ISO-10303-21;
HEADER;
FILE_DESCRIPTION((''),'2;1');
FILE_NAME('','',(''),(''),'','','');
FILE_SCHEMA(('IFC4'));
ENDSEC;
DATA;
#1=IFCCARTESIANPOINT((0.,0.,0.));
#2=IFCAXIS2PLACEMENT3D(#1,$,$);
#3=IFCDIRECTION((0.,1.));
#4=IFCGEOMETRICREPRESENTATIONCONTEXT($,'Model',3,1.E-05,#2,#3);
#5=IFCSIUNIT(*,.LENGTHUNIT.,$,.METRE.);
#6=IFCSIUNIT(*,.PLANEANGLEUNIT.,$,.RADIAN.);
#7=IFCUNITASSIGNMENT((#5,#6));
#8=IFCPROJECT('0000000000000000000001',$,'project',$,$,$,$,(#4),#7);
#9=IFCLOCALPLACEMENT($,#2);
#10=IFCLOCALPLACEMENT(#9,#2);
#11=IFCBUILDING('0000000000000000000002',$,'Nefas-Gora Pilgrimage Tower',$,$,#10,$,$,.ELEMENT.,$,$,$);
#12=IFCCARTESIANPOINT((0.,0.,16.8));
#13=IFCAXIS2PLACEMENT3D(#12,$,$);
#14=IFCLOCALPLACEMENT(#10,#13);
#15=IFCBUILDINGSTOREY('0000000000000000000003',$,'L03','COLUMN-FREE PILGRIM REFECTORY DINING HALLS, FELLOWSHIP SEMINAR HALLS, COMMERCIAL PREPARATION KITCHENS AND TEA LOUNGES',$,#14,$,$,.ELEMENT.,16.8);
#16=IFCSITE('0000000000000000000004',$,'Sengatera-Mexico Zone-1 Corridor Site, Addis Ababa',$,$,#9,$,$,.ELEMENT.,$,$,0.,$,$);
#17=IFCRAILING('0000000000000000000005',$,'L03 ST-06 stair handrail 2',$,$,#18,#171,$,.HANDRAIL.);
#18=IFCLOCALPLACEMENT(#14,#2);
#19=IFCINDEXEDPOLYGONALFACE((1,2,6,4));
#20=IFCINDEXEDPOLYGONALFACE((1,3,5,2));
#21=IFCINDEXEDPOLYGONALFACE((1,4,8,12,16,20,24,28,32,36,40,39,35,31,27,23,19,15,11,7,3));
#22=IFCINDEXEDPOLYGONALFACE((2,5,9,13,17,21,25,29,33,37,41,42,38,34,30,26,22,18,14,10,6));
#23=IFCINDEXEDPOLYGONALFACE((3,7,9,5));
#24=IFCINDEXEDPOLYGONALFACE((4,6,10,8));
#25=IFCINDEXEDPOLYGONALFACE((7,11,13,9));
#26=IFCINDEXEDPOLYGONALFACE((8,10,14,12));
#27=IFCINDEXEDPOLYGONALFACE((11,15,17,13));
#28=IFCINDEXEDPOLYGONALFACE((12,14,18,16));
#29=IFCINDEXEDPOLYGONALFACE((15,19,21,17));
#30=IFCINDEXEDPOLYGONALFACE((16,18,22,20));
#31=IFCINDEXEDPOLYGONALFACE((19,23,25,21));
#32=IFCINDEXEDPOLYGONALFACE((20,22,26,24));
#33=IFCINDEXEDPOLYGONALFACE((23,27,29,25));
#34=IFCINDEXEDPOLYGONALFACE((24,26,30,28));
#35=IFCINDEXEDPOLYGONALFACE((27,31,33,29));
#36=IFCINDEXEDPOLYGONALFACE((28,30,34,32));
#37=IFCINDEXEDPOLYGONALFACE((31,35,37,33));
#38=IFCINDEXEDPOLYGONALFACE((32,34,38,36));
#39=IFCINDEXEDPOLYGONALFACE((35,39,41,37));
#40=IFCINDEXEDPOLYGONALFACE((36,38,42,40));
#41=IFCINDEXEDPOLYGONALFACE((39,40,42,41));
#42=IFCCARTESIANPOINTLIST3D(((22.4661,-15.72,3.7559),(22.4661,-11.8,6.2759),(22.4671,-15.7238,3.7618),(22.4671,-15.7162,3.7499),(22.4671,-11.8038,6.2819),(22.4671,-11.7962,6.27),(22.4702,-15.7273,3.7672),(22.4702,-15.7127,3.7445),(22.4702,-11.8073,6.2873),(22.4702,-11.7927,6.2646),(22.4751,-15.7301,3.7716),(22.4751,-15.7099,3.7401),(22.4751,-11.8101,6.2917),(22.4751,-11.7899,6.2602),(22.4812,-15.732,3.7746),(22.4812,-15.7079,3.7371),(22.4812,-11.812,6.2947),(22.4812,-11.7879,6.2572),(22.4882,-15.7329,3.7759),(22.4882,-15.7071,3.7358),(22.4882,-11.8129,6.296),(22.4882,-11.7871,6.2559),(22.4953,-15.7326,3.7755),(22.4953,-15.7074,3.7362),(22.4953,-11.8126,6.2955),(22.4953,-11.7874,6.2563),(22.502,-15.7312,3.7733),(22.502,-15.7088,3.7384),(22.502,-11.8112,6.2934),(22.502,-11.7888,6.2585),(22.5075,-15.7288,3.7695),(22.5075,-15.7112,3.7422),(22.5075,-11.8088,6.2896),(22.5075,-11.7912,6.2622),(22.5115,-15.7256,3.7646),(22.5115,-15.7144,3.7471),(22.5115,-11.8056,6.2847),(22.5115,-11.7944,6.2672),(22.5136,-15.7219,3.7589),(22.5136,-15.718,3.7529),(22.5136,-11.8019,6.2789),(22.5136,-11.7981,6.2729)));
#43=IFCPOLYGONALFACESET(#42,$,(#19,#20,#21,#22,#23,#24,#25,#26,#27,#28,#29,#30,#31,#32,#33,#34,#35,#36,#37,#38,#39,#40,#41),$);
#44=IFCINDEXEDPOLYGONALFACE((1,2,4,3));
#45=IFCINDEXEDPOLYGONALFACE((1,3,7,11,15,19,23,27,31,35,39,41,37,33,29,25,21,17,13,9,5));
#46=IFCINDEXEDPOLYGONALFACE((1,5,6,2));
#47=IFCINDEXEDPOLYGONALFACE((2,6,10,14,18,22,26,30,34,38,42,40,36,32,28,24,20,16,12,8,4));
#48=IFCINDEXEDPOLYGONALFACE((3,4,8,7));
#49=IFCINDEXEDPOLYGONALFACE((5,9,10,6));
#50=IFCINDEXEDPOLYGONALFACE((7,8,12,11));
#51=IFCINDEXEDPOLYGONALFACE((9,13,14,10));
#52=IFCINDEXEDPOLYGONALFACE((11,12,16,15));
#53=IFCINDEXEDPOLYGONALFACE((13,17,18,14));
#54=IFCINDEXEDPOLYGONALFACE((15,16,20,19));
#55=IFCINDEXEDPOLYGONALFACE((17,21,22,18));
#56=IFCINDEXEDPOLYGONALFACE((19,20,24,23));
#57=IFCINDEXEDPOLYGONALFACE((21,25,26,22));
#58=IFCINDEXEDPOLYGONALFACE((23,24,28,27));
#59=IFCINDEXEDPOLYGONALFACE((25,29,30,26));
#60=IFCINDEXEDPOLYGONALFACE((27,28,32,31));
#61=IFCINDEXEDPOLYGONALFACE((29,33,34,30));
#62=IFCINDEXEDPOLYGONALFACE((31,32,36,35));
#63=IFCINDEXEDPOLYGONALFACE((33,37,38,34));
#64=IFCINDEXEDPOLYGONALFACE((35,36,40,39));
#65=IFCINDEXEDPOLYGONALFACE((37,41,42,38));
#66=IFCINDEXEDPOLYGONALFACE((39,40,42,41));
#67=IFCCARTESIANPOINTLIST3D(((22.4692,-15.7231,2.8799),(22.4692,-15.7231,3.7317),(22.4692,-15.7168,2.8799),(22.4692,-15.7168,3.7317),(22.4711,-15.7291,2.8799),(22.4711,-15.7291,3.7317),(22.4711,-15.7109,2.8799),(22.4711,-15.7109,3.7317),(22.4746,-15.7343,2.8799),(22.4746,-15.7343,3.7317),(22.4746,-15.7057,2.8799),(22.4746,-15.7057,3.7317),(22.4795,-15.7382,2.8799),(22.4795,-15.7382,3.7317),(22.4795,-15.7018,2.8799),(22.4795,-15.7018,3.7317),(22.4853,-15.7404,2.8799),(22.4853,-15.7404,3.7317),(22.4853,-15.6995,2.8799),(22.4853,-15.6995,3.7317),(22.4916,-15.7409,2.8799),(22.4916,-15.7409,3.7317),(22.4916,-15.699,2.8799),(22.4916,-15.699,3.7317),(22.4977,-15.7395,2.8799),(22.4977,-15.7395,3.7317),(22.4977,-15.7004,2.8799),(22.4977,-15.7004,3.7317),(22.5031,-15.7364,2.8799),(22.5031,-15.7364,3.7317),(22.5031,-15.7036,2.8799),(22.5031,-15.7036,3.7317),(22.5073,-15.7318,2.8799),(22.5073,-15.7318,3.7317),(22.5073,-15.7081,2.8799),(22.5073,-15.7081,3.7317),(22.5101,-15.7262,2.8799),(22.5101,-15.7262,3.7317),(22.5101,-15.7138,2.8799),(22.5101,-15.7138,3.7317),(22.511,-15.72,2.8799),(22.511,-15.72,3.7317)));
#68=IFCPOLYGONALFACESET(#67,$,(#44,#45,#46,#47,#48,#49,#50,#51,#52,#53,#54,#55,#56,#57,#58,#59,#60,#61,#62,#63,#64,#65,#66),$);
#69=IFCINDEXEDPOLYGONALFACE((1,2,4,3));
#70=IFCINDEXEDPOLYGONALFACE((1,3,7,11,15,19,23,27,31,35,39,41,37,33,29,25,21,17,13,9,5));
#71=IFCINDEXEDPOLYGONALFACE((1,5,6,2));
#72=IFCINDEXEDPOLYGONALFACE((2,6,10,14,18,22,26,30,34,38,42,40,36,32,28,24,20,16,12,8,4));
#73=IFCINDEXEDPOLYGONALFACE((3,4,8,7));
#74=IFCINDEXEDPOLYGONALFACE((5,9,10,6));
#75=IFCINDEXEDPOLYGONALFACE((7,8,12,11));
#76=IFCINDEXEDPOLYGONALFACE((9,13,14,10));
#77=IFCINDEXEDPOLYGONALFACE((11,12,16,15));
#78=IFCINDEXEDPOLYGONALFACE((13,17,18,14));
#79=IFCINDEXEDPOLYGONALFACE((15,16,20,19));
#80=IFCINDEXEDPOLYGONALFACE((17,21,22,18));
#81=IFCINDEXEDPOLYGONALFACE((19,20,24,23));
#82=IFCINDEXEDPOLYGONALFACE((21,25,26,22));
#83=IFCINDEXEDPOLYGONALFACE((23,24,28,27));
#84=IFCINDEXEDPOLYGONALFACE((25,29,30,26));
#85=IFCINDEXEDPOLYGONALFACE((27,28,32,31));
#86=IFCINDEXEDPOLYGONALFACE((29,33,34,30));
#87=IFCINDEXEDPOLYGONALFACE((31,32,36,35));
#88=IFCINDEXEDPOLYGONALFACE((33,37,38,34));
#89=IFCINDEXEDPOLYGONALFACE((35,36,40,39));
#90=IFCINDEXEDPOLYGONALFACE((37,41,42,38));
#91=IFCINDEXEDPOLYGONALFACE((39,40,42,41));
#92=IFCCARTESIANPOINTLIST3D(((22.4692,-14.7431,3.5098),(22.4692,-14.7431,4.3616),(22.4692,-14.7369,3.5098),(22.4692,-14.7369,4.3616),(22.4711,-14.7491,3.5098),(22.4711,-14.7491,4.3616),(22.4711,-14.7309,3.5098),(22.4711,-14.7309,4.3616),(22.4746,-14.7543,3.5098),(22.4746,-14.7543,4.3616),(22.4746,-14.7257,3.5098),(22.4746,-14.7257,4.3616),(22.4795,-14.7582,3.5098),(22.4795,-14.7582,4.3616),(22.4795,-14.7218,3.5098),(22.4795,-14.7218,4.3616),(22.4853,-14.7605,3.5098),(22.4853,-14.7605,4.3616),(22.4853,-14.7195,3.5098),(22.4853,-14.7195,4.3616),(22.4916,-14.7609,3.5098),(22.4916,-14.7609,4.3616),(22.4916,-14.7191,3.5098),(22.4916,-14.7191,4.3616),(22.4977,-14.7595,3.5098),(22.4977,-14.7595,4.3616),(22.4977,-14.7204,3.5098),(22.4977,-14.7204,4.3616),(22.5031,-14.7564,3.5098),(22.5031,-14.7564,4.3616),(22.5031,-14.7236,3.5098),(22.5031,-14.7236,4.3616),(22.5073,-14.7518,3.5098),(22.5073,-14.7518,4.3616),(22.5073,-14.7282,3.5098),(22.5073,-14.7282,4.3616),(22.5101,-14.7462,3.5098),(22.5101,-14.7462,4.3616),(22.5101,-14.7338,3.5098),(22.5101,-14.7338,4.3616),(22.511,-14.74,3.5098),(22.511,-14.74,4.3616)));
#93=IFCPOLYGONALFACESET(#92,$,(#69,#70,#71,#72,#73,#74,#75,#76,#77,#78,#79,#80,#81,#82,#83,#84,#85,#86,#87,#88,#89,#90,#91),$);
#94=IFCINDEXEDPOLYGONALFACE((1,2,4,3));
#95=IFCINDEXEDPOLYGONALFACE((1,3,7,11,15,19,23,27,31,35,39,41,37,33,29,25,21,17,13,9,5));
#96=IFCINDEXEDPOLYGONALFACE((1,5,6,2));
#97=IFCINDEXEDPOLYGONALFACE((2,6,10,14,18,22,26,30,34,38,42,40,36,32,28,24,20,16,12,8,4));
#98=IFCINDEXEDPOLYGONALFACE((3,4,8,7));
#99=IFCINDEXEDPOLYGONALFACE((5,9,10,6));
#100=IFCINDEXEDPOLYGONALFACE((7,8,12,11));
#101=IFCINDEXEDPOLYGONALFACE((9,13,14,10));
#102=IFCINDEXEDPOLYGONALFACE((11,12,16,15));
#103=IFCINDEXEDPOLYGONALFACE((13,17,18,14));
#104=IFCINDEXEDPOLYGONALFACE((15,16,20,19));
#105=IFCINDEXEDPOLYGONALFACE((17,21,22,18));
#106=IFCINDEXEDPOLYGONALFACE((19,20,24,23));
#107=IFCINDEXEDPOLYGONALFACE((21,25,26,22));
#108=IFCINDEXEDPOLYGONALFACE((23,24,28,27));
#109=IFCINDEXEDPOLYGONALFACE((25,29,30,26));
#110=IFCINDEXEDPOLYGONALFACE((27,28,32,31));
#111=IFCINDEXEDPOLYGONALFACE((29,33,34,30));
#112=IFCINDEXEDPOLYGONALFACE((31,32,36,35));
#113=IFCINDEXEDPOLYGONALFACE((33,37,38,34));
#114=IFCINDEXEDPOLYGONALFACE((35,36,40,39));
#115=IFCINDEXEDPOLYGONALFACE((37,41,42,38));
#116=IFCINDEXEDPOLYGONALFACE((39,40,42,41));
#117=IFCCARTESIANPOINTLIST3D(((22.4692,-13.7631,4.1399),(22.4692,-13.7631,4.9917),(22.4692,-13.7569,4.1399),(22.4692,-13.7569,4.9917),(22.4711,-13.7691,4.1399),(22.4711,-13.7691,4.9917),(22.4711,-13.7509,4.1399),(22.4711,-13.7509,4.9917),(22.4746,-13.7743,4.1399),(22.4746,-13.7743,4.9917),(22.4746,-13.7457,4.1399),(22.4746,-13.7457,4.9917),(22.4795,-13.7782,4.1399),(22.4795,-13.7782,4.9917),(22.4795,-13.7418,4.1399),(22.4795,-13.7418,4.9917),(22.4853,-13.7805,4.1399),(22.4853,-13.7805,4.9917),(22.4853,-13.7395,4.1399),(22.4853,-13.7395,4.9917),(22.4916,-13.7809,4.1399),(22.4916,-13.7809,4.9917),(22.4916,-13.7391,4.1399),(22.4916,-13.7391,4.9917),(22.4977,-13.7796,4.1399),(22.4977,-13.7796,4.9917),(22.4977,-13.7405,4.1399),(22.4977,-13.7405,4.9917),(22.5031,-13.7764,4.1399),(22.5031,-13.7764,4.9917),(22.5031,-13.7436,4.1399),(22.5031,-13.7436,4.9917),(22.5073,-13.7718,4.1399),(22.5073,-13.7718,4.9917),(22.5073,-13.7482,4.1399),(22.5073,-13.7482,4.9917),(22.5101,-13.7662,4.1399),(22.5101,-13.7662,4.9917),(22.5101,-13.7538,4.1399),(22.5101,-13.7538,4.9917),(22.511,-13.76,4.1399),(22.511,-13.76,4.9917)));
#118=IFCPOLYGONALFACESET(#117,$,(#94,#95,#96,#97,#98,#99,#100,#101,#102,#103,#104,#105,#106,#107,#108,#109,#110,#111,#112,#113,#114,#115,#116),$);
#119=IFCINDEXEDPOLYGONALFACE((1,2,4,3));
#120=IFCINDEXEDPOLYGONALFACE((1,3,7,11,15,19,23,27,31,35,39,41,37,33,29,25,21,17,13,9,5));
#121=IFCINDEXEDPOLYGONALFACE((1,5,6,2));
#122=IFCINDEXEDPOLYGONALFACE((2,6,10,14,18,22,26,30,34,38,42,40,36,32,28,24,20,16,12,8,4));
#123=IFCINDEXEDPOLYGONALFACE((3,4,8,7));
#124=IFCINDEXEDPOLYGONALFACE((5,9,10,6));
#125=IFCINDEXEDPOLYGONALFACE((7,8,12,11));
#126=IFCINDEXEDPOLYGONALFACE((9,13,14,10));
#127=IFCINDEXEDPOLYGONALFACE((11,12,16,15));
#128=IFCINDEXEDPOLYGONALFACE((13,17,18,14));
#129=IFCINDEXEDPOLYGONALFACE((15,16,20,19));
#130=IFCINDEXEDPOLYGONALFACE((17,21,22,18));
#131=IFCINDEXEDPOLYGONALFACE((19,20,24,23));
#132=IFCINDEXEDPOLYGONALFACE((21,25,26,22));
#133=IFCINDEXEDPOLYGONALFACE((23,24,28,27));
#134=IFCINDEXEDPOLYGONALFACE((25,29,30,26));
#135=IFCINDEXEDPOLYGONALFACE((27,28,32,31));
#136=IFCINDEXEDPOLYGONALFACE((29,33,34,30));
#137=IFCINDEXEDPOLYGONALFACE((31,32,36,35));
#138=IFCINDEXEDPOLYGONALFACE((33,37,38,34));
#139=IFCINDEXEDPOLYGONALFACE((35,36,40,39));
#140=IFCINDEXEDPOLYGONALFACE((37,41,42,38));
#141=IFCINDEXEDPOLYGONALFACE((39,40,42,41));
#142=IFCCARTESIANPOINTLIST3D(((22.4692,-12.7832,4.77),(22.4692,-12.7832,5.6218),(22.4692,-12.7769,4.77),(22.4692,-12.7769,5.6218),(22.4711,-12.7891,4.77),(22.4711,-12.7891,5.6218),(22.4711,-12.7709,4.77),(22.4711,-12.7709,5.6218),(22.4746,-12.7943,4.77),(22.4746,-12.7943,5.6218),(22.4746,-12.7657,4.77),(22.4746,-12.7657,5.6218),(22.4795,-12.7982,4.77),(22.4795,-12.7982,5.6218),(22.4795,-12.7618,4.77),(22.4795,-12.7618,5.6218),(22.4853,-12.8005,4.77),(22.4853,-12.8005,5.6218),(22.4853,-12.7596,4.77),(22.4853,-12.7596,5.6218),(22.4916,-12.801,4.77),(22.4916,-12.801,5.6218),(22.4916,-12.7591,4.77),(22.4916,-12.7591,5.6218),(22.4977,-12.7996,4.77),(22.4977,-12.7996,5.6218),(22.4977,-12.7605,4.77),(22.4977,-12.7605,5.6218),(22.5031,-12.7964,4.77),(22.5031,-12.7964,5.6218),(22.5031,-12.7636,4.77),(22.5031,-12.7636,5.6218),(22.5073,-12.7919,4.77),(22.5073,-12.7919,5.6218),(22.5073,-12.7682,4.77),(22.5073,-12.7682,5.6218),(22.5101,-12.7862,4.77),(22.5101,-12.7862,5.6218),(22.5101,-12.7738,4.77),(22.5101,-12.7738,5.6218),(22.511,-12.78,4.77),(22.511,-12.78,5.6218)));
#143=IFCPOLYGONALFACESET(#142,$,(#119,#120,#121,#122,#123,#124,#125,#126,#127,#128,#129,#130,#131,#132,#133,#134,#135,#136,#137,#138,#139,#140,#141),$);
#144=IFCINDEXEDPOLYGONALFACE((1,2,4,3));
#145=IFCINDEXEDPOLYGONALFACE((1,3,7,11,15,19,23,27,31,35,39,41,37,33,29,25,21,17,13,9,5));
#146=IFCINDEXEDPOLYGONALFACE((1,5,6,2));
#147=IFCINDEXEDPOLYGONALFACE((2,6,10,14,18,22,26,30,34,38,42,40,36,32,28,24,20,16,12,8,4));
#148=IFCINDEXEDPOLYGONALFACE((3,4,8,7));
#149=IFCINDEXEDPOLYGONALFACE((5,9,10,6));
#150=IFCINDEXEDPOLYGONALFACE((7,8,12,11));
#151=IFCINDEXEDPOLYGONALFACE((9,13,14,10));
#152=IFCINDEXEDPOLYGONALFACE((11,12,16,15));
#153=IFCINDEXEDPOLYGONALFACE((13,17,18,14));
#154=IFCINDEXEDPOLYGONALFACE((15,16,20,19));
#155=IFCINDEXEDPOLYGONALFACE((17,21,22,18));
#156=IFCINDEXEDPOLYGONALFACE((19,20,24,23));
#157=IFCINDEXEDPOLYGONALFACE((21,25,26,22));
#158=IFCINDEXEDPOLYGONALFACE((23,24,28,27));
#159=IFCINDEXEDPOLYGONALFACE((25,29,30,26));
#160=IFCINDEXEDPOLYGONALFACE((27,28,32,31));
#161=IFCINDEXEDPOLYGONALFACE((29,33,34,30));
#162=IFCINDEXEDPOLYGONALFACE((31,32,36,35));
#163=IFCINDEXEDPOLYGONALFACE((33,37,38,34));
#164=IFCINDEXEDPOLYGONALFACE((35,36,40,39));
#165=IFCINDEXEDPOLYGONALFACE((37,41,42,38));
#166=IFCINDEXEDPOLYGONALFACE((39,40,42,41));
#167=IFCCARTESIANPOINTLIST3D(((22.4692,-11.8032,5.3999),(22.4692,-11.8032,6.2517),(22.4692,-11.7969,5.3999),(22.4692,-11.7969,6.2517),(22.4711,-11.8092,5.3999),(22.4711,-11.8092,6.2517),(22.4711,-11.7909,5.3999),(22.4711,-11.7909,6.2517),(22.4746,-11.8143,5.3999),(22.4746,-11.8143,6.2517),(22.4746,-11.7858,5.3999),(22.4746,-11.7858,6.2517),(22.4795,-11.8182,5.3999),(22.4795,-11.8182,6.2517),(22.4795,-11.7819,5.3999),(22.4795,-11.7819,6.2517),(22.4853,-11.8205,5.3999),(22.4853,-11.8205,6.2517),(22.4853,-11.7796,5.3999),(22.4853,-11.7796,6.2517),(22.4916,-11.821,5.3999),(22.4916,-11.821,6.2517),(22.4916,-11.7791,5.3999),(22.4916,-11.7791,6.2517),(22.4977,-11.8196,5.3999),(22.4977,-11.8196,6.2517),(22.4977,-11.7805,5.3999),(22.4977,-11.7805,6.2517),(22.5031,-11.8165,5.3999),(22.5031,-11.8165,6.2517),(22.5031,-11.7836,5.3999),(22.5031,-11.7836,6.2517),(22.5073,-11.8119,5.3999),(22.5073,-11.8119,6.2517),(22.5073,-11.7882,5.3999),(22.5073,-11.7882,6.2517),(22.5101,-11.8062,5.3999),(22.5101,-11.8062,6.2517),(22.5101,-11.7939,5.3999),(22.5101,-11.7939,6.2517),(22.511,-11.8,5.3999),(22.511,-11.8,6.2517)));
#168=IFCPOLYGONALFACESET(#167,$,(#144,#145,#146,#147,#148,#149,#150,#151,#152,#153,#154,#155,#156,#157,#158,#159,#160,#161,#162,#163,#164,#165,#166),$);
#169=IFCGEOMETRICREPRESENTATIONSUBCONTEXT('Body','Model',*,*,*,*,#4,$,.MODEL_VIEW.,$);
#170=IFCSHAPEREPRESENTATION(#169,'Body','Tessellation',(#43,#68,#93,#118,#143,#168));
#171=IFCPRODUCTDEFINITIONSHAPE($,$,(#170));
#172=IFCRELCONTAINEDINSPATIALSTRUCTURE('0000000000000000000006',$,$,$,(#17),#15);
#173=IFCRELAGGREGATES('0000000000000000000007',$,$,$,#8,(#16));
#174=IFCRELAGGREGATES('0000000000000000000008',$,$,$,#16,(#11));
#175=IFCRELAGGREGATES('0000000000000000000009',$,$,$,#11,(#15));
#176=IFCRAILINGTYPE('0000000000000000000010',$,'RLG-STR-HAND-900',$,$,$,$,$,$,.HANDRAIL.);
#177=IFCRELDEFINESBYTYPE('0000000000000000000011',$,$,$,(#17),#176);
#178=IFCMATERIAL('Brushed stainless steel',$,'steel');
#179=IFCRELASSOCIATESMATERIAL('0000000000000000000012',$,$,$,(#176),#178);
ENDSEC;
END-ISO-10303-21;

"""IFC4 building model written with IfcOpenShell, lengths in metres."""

from ifc_helpers import new_model, si_unit, direction, frame, origin, origin_2d, place, context, subcontext, project, spatial, circle, extrude, material, type_object, element, save


model = new_model("IFC4")

# Units and contexts
model_context = context("Model", 3, precision=1e-05, world=origin(), true_north=direction((0.0, 1.0)))
body_context = subcontext(model_context, "Body", "Model", "MODEL_VIEW")
ifc_project = project(units=[si_unit("LENGTHUNIT", "METRE"), si_unit("PLANEANGLEUNIT", "RADIAN")], contexts=[model_context])

# Site, building, storey
site_placement = place(None, origin())
site = spatial("IfcSite", under=ifc_project, at=site_placement, Name="Sengatera-Mexico Zone-1 Corridor Site, Addis Ababa", CompositionType="ELEMENT", RefElevation=0.0)
building_placement = place(site_placement, origin())
building = spatial("IfcBuilding", under=site, at=building_placement, Name="Nefas-Gora Pilgrimage Tower", CompositionType="ELEMENT")
storey_placement = place(building_placement, frame((0.0, 0.0, 16.8)))
storey = spatial("IfcBuildingStorey", under=building, at=storey_placement, Name="L03", Description="COLUMN-FREE PILGRIM REFECTORY DINING HALLS, FELLOWSHIP SEMINAR HALLS, COMMERCIAL PREPARATION KITCHENS AND TEA LOUNGES", CompositionType="ELEMENT", Elevation=16.8)

# Railing
ifc_material_1 = material(Name="Brushed stainless steel", Category="steel")
railing_type_1 = type_object("IfcRailingType", Name="RLG-STR-HAND-900", PredefinedType="HANDRAIL", material=ifc_material_1)
railing_1_placement = place(storey_placement, frame((22.49, -15.72, 2.8799)))
element("IfcRailing", 1, at=railing_1_placement, inside=storey, type_object=railing_type_1, Name="L03 ST-06 stair handrail 2", PredefinedType="HANDRAIL", context=body_context, shape_type="SweptSolid", body=[
    extrude(circle(Radius=0.0239, at=origin_2d()), frame((0.0, 0.0, 0.876), z_axis=(0.0, 0.841172, 0.540768), x_axis=(-1.0, 0.0, 0.0)), (0.0, 0.0, 1.0), 4.6602),
    extrude(circle(Radius=0.021, at=origin_2d()), origin(), (0.0, 0.0, 1.0), 0.8518),
    extrude(circle(Radius=0.021, at=origin_2d()), frame((0.0, 0.98, 0.6299)), (0.0, 0.0, 1.0), 0.8518),
    extrude(circle(Radius=0.021, at=origin_2d()), frame((0.0, 1.96, 1.26)), (0.0, 0.0, 1.0), 0.8518),
    extrude(circle(Radius=0.021, at=origin_2d()), frame((0.0, 2.9399, 1.8901)), (0.0, 0.0, 1.0), 0.8518),
    extrude(circle(Radius=0.021, at=origin_2d()), frame((0.0, 3.9199, 2.52)), (0.0, 0.0, 1.0), 0.8518),
])

save(model, "model.ifc")
